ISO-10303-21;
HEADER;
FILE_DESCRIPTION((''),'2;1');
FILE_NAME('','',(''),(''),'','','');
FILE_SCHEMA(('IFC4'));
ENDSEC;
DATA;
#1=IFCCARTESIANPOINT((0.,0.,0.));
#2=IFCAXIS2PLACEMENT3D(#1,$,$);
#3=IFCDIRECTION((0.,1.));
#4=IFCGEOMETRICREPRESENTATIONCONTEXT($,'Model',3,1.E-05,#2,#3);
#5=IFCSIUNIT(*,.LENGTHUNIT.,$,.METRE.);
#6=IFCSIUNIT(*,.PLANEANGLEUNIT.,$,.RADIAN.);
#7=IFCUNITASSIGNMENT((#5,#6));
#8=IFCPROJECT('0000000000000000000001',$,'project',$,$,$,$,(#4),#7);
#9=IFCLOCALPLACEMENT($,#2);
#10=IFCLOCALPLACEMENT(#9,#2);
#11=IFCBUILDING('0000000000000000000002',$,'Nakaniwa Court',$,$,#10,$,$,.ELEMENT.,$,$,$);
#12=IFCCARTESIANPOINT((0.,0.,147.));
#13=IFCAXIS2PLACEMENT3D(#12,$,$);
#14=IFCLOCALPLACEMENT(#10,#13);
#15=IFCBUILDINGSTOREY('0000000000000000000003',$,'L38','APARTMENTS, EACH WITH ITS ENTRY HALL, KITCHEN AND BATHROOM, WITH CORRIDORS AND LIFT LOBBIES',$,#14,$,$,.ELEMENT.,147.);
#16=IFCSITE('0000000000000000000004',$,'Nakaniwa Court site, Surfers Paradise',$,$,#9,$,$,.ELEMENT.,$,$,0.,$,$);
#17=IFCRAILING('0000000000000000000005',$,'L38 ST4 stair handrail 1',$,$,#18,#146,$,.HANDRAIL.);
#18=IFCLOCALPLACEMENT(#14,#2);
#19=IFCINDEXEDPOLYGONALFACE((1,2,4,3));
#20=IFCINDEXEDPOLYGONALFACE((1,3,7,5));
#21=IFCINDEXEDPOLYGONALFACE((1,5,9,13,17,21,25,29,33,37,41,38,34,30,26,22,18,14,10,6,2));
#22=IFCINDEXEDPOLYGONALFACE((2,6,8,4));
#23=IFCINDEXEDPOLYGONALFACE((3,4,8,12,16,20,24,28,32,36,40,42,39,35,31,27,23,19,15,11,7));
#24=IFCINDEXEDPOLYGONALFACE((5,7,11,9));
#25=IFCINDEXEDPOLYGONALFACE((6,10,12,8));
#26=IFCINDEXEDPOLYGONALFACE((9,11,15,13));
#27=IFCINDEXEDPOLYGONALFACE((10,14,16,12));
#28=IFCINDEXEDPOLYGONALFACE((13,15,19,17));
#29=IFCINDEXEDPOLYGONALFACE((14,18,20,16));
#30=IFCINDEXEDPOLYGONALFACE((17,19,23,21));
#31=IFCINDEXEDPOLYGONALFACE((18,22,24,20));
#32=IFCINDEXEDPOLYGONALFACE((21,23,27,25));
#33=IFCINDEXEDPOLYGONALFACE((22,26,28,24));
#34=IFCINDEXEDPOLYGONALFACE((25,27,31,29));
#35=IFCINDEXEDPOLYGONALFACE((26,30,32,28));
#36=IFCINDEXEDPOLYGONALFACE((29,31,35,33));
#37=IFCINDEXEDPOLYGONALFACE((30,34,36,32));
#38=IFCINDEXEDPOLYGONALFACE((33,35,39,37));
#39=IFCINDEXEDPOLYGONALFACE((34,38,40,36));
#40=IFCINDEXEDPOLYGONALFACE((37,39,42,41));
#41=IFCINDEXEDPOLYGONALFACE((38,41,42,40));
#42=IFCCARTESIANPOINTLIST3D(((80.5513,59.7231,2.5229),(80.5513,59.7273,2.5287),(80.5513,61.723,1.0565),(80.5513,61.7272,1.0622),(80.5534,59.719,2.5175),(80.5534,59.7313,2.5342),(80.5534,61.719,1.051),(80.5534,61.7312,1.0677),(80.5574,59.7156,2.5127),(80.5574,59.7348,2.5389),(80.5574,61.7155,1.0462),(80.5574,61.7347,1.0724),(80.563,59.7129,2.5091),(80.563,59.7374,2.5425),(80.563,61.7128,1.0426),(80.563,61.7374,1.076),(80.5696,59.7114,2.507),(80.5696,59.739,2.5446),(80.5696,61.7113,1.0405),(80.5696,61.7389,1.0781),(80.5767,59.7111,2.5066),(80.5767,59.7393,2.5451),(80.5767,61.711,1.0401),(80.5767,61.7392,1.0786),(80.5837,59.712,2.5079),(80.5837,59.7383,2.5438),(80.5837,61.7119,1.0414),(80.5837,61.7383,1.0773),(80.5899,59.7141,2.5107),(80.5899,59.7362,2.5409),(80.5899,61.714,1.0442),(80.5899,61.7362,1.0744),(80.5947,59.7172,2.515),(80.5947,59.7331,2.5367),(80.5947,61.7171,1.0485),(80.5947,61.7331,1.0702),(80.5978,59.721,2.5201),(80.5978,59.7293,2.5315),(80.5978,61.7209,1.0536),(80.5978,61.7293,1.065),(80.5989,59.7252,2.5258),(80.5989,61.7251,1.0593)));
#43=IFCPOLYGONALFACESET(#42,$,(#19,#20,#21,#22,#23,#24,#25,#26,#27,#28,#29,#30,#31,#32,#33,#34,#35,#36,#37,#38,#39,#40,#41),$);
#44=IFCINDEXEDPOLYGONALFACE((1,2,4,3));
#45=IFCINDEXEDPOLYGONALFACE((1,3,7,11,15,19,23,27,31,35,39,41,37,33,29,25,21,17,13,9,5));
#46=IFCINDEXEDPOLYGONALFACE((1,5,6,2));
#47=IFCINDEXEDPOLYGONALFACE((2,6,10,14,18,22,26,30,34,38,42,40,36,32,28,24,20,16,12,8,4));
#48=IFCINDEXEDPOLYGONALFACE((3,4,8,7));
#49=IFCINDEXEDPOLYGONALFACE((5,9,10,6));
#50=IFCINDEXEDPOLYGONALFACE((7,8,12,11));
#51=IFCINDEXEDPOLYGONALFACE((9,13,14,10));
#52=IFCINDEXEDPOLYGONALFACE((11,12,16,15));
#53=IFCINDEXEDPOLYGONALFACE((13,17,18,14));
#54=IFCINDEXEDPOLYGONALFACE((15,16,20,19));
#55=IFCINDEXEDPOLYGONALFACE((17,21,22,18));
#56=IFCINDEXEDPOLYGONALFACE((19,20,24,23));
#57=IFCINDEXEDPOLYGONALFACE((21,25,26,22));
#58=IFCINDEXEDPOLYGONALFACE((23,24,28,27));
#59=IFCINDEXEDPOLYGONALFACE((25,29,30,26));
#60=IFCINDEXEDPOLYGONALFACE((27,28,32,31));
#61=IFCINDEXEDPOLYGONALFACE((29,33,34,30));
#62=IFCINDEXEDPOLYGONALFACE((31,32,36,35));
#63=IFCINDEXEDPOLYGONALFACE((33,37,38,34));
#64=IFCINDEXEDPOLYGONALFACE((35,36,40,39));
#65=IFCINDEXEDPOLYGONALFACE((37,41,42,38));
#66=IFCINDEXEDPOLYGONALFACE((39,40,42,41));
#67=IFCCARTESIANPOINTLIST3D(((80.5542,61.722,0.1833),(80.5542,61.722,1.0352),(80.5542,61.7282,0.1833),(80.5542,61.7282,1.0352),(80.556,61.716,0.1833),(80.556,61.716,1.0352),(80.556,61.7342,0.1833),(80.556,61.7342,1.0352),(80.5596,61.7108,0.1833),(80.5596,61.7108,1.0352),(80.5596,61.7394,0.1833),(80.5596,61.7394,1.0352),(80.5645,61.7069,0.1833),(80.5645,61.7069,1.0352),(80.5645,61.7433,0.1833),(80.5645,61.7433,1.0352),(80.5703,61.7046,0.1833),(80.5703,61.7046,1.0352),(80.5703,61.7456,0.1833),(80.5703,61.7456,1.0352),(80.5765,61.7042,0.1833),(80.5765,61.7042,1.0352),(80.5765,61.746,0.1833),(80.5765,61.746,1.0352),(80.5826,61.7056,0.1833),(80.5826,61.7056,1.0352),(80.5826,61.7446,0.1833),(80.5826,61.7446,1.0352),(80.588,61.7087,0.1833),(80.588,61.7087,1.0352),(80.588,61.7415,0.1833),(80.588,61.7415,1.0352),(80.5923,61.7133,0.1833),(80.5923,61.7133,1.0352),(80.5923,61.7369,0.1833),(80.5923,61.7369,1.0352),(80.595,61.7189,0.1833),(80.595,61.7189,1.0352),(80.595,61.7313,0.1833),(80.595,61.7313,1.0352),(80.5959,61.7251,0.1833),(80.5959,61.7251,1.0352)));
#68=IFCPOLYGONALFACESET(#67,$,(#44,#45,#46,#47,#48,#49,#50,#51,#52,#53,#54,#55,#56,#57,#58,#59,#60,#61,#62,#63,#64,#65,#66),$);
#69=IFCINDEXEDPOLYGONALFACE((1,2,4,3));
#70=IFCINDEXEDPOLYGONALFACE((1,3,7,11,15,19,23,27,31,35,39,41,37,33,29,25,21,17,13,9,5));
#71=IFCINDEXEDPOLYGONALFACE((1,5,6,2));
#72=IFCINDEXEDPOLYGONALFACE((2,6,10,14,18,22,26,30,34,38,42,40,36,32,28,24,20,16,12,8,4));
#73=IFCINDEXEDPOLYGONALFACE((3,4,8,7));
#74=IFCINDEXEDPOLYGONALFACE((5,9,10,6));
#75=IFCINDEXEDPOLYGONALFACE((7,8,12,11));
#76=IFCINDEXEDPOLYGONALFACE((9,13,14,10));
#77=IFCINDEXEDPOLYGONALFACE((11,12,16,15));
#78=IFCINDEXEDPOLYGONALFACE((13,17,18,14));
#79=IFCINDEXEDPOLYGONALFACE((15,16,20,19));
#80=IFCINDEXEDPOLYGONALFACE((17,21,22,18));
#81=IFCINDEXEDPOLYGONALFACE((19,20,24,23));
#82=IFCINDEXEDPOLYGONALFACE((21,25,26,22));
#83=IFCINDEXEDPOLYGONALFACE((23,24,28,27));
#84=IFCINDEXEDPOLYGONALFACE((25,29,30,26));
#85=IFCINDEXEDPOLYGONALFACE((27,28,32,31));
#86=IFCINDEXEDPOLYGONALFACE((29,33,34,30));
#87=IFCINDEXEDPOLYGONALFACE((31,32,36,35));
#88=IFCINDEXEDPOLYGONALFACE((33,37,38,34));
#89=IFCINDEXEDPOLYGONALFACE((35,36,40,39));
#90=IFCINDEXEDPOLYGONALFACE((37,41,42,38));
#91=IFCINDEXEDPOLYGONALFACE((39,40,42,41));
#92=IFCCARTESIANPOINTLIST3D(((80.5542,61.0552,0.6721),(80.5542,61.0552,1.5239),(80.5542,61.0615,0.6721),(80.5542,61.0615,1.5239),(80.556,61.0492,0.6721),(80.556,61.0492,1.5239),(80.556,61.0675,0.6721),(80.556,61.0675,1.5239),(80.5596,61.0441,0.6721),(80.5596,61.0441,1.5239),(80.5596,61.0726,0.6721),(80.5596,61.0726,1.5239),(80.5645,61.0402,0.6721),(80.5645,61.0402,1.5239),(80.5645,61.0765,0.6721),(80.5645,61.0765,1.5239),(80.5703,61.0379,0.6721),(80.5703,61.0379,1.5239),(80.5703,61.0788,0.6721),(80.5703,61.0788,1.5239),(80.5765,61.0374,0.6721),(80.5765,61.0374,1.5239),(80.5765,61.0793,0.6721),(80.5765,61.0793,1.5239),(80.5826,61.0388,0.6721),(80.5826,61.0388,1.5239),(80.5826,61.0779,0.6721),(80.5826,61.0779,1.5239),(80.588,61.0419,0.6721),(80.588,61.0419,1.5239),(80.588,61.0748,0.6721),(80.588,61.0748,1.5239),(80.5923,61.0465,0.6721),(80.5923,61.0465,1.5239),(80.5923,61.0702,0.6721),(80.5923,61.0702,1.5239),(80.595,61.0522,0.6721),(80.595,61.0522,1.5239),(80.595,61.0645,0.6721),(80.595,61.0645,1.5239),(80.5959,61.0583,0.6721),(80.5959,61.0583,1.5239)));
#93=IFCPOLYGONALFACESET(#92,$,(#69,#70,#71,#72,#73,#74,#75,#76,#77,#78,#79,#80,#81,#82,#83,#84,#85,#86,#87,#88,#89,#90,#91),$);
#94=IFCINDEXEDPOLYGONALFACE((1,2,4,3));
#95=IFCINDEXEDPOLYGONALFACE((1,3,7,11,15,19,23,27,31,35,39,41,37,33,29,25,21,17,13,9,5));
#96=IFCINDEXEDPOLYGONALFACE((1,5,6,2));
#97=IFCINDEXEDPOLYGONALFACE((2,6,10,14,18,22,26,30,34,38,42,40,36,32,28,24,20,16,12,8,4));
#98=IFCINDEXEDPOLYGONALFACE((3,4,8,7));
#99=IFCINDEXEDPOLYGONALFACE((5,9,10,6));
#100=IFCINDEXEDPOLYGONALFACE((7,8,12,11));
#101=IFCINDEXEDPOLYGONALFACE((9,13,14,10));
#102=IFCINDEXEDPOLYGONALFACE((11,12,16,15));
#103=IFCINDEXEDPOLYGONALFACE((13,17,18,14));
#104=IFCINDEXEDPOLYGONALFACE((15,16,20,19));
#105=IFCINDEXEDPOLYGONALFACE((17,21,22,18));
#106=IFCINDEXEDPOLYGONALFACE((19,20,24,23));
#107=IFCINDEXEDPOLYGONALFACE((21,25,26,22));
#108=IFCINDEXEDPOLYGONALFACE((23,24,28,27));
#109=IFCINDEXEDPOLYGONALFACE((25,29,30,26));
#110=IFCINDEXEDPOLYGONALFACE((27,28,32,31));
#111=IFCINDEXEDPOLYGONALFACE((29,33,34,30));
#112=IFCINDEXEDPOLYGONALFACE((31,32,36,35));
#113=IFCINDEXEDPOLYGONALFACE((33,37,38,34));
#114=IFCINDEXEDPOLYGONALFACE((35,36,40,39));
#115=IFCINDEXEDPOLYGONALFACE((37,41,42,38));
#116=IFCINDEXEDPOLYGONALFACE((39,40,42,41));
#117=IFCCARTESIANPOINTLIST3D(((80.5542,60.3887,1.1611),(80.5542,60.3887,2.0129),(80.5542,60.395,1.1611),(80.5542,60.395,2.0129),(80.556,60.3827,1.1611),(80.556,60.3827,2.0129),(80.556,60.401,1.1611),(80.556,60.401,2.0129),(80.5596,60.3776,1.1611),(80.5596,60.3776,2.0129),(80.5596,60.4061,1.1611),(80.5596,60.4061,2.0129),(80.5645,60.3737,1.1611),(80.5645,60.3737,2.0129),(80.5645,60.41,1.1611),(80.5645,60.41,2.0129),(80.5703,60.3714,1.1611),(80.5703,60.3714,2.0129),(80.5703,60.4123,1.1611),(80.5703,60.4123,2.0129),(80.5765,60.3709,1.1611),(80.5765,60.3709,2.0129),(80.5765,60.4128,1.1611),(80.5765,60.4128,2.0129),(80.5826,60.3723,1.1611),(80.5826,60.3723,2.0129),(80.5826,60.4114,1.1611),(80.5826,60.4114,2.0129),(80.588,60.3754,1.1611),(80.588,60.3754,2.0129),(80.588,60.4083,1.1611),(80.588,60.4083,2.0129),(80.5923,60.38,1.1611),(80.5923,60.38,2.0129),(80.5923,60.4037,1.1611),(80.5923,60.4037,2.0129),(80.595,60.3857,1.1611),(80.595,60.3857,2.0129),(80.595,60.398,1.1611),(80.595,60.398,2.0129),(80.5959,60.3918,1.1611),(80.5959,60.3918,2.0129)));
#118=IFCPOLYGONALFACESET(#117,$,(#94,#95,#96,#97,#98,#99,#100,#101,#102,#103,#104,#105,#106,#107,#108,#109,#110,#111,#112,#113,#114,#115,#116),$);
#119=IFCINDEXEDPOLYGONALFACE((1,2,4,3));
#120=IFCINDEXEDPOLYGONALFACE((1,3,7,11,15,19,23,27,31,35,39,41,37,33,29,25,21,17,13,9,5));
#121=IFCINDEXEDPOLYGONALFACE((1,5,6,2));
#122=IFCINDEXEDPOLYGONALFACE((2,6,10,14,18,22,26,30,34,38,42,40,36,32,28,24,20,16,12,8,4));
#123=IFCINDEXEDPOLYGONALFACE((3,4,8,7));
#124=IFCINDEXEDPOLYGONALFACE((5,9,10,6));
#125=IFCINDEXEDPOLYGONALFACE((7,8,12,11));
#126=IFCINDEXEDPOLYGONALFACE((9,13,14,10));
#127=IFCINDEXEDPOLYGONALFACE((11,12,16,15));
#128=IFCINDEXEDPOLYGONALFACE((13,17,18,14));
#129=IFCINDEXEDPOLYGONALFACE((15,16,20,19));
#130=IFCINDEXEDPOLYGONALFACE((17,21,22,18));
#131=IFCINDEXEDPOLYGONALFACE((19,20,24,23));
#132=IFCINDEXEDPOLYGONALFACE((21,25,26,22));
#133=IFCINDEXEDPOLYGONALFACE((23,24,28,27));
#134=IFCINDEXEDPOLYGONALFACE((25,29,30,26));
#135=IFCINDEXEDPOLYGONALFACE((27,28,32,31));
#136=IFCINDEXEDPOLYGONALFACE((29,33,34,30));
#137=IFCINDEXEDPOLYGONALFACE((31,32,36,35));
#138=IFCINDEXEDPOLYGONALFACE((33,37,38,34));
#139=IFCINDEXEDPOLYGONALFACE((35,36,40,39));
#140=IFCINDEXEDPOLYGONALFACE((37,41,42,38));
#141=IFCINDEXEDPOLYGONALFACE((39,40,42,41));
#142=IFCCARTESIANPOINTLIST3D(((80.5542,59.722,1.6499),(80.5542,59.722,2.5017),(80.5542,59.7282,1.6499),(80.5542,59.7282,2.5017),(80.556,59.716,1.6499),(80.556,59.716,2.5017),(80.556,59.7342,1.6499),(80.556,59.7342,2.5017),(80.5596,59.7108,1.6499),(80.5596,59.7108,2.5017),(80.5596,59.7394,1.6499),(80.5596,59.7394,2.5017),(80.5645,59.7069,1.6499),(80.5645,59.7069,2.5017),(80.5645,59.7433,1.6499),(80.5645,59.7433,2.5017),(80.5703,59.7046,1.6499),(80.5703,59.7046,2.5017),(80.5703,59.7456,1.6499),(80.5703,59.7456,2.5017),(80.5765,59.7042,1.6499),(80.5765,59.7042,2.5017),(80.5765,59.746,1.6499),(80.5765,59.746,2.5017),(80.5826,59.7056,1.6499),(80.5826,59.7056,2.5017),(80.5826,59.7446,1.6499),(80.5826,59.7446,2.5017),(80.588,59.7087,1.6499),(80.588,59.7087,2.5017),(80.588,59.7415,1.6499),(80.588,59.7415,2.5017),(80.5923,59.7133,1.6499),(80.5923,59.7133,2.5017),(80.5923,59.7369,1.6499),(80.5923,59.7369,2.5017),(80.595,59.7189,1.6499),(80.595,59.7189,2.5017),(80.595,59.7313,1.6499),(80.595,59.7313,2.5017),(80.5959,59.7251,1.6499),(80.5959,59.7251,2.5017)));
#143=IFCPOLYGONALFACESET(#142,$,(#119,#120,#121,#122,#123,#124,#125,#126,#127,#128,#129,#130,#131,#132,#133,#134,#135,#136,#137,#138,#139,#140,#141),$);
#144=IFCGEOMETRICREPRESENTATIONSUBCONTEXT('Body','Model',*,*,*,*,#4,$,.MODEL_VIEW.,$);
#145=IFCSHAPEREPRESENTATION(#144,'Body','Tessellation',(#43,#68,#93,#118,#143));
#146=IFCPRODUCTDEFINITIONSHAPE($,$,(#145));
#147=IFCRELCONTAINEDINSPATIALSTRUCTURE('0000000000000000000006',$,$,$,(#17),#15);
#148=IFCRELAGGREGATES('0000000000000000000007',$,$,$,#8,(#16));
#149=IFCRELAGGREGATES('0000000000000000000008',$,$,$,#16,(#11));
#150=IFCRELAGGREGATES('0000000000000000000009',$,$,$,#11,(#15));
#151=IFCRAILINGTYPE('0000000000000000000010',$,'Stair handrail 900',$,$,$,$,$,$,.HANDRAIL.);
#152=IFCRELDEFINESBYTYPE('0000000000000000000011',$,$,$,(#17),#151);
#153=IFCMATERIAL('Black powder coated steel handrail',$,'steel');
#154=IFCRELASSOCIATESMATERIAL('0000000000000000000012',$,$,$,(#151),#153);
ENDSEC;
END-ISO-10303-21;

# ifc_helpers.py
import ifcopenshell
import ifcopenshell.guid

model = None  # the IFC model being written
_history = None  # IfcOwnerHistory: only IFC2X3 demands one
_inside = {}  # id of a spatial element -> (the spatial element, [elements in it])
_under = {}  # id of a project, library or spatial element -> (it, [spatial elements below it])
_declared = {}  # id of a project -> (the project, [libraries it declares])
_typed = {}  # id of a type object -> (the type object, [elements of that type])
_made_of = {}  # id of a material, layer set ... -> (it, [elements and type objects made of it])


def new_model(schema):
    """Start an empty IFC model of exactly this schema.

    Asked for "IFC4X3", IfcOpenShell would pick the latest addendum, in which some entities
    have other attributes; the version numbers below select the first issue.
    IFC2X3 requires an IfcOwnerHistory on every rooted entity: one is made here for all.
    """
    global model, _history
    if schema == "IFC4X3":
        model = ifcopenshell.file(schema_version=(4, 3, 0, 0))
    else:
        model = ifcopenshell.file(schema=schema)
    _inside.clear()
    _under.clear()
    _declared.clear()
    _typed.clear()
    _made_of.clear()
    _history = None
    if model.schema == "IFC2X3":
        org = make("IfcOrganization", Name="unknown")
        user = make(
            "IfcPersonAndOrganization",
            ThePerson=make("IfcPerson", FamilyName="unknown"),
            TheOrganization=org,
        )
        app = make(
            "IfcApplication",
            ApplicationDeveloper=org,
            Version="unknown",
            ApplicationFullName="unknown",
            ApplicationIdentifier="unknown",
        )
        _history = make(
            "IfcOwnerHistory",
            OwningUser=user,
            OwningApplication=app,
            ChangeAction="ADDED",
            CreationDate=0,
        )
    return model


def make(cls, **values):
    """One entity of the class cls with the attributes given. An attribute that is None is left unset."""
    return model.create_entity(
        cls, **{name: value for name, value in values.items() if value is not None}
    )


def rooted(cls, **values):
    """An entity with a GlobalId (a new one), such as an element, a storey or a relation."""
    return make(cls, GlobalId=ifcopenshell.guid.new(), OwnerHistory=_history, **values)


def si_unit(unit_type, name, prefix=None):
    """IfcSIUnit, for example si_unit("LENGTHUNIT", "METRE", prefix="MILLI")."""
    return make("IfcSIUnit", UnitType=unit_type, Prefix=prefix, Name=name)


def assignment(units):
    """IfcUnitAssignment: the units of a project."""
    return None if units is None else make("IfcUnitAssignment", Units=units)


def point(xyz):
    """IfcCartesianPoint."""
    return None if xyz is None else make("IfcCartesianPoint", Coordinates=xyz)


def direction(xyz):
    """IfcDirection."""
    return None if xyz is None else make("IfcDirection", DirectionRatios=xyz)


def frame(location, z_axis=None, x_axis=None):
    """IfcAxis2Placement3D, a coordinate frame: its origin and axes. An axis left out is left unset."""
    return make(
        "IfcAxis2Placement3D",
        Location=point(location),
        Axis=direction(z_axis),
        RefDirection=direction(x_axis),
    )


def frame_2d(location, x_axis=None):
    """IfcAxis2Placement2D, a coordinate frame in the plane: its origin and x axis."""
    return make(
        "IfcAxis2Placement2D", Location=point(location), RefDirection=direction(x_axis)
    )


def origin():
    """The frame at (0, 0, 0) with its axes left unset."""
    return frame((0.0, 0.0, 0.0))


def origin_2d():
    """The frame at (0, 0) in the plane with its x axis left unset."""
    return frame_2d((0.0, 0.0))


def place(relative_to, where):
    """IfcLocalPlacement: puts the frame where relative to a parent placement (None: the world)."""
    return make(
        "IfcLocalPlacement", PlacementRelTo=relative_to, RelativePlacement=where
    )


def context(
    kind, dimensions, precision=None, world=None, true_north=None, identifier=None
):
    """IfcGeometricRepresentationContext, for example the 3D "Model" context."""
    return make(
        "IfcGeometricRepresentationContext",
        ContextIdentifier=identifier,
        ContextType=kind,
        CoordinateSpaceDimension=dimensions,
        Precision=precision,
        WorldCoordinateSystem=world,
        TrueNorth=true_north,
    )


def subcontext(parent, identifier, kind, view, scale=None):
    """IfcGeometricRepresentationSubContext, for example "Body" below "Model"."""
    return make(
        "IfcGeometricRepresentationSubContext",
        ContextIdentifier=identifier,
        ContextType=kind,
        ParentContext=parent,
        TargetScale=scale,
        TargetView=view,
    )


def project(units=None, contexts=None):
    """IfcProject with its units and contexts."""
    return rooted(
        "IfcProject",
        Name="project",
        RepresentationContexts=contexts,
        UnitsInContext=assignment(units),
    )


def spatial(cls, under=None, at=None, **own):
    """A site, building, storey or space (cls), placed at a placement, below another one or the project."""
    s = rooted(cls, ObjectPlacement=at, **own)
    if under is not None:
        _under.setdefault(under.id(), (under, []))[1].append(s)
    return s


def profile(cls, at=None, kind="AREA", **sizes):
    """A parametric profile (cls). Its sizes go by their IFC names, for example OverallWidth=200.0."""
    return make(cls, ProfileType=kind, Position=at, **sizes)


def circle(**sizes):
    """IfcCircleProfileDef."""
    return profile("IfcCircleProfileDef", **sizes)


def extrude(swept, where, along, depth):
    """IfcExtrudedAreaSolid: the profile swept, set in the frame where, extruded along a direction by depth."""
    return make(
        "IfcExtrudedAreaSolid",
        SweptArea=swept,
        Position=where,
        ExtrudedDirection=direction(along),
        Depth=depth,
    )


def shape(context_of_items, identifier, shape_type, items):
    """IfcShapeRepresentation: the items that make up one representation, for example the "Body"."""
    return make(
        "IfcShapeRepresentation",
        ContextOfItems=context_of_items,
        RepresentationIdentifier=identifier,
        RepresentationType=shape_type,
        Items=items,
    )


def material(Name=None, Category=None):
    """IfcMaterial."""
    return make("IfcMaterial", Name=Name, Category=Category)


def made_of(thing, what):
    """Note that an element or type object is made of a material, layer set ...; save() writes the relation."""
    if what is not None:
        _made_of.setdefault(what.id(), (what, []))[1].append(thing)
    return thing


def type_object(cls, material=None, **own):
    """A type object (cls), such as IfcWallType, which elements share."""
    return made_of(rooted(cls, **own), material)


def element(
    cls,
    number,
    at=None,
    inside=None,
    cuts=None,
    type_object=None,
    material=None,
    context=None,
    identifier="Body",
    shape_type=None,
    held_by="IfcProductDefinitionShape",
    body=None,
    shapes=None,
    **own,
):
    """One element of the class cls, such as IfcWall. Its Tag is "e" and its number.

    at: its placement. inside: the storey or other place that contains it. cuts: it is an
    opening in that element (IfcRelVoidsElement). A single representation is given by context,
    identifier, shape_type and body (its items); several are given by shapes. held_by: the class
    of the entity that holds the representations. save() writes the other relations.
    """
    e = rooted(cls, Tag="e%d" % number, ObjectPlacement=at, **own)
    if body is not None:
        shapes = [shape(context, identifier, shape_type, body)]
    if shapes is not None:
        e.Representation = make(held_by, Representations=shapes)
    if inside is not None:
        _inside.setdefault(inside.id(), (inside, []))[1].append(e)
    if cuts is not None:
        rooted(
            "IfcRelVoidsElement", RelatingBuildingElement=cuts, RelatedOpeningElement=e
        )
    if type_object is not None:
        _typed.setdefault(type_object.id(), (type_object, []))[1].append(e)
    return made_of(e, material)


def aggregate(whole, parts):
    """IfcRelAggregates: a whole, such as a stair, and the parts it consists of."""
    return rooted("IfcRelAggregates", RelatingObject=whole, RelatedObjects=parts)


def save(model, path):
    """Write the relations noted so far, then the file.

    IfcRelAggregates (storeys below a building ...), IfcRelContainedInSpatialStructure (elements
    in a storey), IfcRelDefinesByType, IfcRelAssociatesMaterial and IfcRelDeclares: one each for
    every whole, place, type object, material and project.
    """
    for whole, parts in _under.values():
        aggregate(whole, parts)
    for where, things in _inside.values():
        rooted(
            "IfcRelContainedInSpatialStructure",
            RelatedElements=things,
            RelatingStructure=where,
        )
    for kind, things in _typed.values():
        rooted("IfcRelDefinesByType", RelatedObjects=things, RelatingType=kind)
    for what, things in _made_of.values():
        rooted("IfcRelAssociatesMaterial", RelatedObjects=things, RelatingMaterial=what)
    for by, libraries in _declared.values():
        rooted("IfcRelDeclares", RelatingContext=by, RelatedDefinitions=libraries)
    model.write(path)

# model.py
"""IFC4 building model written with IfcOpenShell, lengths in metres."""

from ifc_helpers import new_model, si_unit, direction, frame, origin, origin_2d, place, context, subcontext, project, spatial, circle, extrude, material, type_object, element, save


model = new_model("IFC4")

# Units and contexts
model_context = context("Model", 3, precision=1e-05, world=origin(), true_north=direction((0.0, 1.0)))
body_context = subcontext(model_context, "Body", "Model", "MODEL_VIEW")
ifc_project = project(units=[si_unit("LENGTHUNIT", "METRE"), si_unit("PLANEANGLEUNIT", "RADIAN")], contexts=[model_context])

# Site, building, storey
site_placement = place(None, origin())
site = spatial("IfcSite", under=ifc_project, at=site_placement, Name="Nakaniwa Court site, Surfers Paradise", CompositionType="ELEMENT", RefElevation=0.0)
building_placement = place(site_placement, origin())
building = spatial("IfcBuilding", under=site, at=building_placement, Name="Nakaniwa Court", CompositionType="ELEMENT")
storey_placement = place(building_placement, frame((0.0, 0.0, 147.0)))
storey = spatial("IfcBuildingStorey", under=building, at=storey_placement, Name="L38", Description="APARTMENTS, EACH WITH ITS ENTRY HALL, KITCHEN AND BATHROOM, WITH CORRIDORS AND LIFT LOBBIES", CompositionType="ELEMENT", Elevation=147.0)

# Railing
ifc_material_1 = material(Name="Black powder coated steel handrail", Category="steel")
railing_type_1 = type_object("IfcRailingType", Name="Stair handrail 900", PredefinedType="HANDRAIL", material=ifc_material_1)
railing_1_placement = place(storey_placement, frame((80.575, 61.7251, 0.1833)))
element("IfcRailing", 1, at=railing_1_placement, inside=storey, type_object=railing_type_1, Name="L38 ST4 stair handrail 1", PredefinedType="HANDRAIL", context=body_context, shape_type="SweptSolid", body=[
    extrude(circle(Radius=0.0239, at=origin_2d()), frame((0.0, 0.0, 0.876), z_axis=(0.0, -0.806427, 0.591334), x_axis=(1.0, 0.0, 0.0)), (0.0, 0.0, 1.0), 2.48),
    extrude(circle(Radius=0.021, at=origin_2d()), origin(), (0.0, 0.0, 1.0), 0.8518),
    extrude(circle(Radius=0.021, at=origin_2d()), frame((0.0, -0.6667, 0.4888)), (0.0, 0.0, 1.0), 0.8518),
    extrude(circle(Radius=0.021, at=origin_2d()), frame((0.0, -1.3333, 0.9778)), (0.0, 0.0, 1.0), 0.8518),
    extrude(circle(Radius=0.021, at=origin_2d()), frame((0.0, -2.0, 1.4666)), (0.0, 0.0, 1.0), 0.8518),
])

save(model, "model.ifc")
